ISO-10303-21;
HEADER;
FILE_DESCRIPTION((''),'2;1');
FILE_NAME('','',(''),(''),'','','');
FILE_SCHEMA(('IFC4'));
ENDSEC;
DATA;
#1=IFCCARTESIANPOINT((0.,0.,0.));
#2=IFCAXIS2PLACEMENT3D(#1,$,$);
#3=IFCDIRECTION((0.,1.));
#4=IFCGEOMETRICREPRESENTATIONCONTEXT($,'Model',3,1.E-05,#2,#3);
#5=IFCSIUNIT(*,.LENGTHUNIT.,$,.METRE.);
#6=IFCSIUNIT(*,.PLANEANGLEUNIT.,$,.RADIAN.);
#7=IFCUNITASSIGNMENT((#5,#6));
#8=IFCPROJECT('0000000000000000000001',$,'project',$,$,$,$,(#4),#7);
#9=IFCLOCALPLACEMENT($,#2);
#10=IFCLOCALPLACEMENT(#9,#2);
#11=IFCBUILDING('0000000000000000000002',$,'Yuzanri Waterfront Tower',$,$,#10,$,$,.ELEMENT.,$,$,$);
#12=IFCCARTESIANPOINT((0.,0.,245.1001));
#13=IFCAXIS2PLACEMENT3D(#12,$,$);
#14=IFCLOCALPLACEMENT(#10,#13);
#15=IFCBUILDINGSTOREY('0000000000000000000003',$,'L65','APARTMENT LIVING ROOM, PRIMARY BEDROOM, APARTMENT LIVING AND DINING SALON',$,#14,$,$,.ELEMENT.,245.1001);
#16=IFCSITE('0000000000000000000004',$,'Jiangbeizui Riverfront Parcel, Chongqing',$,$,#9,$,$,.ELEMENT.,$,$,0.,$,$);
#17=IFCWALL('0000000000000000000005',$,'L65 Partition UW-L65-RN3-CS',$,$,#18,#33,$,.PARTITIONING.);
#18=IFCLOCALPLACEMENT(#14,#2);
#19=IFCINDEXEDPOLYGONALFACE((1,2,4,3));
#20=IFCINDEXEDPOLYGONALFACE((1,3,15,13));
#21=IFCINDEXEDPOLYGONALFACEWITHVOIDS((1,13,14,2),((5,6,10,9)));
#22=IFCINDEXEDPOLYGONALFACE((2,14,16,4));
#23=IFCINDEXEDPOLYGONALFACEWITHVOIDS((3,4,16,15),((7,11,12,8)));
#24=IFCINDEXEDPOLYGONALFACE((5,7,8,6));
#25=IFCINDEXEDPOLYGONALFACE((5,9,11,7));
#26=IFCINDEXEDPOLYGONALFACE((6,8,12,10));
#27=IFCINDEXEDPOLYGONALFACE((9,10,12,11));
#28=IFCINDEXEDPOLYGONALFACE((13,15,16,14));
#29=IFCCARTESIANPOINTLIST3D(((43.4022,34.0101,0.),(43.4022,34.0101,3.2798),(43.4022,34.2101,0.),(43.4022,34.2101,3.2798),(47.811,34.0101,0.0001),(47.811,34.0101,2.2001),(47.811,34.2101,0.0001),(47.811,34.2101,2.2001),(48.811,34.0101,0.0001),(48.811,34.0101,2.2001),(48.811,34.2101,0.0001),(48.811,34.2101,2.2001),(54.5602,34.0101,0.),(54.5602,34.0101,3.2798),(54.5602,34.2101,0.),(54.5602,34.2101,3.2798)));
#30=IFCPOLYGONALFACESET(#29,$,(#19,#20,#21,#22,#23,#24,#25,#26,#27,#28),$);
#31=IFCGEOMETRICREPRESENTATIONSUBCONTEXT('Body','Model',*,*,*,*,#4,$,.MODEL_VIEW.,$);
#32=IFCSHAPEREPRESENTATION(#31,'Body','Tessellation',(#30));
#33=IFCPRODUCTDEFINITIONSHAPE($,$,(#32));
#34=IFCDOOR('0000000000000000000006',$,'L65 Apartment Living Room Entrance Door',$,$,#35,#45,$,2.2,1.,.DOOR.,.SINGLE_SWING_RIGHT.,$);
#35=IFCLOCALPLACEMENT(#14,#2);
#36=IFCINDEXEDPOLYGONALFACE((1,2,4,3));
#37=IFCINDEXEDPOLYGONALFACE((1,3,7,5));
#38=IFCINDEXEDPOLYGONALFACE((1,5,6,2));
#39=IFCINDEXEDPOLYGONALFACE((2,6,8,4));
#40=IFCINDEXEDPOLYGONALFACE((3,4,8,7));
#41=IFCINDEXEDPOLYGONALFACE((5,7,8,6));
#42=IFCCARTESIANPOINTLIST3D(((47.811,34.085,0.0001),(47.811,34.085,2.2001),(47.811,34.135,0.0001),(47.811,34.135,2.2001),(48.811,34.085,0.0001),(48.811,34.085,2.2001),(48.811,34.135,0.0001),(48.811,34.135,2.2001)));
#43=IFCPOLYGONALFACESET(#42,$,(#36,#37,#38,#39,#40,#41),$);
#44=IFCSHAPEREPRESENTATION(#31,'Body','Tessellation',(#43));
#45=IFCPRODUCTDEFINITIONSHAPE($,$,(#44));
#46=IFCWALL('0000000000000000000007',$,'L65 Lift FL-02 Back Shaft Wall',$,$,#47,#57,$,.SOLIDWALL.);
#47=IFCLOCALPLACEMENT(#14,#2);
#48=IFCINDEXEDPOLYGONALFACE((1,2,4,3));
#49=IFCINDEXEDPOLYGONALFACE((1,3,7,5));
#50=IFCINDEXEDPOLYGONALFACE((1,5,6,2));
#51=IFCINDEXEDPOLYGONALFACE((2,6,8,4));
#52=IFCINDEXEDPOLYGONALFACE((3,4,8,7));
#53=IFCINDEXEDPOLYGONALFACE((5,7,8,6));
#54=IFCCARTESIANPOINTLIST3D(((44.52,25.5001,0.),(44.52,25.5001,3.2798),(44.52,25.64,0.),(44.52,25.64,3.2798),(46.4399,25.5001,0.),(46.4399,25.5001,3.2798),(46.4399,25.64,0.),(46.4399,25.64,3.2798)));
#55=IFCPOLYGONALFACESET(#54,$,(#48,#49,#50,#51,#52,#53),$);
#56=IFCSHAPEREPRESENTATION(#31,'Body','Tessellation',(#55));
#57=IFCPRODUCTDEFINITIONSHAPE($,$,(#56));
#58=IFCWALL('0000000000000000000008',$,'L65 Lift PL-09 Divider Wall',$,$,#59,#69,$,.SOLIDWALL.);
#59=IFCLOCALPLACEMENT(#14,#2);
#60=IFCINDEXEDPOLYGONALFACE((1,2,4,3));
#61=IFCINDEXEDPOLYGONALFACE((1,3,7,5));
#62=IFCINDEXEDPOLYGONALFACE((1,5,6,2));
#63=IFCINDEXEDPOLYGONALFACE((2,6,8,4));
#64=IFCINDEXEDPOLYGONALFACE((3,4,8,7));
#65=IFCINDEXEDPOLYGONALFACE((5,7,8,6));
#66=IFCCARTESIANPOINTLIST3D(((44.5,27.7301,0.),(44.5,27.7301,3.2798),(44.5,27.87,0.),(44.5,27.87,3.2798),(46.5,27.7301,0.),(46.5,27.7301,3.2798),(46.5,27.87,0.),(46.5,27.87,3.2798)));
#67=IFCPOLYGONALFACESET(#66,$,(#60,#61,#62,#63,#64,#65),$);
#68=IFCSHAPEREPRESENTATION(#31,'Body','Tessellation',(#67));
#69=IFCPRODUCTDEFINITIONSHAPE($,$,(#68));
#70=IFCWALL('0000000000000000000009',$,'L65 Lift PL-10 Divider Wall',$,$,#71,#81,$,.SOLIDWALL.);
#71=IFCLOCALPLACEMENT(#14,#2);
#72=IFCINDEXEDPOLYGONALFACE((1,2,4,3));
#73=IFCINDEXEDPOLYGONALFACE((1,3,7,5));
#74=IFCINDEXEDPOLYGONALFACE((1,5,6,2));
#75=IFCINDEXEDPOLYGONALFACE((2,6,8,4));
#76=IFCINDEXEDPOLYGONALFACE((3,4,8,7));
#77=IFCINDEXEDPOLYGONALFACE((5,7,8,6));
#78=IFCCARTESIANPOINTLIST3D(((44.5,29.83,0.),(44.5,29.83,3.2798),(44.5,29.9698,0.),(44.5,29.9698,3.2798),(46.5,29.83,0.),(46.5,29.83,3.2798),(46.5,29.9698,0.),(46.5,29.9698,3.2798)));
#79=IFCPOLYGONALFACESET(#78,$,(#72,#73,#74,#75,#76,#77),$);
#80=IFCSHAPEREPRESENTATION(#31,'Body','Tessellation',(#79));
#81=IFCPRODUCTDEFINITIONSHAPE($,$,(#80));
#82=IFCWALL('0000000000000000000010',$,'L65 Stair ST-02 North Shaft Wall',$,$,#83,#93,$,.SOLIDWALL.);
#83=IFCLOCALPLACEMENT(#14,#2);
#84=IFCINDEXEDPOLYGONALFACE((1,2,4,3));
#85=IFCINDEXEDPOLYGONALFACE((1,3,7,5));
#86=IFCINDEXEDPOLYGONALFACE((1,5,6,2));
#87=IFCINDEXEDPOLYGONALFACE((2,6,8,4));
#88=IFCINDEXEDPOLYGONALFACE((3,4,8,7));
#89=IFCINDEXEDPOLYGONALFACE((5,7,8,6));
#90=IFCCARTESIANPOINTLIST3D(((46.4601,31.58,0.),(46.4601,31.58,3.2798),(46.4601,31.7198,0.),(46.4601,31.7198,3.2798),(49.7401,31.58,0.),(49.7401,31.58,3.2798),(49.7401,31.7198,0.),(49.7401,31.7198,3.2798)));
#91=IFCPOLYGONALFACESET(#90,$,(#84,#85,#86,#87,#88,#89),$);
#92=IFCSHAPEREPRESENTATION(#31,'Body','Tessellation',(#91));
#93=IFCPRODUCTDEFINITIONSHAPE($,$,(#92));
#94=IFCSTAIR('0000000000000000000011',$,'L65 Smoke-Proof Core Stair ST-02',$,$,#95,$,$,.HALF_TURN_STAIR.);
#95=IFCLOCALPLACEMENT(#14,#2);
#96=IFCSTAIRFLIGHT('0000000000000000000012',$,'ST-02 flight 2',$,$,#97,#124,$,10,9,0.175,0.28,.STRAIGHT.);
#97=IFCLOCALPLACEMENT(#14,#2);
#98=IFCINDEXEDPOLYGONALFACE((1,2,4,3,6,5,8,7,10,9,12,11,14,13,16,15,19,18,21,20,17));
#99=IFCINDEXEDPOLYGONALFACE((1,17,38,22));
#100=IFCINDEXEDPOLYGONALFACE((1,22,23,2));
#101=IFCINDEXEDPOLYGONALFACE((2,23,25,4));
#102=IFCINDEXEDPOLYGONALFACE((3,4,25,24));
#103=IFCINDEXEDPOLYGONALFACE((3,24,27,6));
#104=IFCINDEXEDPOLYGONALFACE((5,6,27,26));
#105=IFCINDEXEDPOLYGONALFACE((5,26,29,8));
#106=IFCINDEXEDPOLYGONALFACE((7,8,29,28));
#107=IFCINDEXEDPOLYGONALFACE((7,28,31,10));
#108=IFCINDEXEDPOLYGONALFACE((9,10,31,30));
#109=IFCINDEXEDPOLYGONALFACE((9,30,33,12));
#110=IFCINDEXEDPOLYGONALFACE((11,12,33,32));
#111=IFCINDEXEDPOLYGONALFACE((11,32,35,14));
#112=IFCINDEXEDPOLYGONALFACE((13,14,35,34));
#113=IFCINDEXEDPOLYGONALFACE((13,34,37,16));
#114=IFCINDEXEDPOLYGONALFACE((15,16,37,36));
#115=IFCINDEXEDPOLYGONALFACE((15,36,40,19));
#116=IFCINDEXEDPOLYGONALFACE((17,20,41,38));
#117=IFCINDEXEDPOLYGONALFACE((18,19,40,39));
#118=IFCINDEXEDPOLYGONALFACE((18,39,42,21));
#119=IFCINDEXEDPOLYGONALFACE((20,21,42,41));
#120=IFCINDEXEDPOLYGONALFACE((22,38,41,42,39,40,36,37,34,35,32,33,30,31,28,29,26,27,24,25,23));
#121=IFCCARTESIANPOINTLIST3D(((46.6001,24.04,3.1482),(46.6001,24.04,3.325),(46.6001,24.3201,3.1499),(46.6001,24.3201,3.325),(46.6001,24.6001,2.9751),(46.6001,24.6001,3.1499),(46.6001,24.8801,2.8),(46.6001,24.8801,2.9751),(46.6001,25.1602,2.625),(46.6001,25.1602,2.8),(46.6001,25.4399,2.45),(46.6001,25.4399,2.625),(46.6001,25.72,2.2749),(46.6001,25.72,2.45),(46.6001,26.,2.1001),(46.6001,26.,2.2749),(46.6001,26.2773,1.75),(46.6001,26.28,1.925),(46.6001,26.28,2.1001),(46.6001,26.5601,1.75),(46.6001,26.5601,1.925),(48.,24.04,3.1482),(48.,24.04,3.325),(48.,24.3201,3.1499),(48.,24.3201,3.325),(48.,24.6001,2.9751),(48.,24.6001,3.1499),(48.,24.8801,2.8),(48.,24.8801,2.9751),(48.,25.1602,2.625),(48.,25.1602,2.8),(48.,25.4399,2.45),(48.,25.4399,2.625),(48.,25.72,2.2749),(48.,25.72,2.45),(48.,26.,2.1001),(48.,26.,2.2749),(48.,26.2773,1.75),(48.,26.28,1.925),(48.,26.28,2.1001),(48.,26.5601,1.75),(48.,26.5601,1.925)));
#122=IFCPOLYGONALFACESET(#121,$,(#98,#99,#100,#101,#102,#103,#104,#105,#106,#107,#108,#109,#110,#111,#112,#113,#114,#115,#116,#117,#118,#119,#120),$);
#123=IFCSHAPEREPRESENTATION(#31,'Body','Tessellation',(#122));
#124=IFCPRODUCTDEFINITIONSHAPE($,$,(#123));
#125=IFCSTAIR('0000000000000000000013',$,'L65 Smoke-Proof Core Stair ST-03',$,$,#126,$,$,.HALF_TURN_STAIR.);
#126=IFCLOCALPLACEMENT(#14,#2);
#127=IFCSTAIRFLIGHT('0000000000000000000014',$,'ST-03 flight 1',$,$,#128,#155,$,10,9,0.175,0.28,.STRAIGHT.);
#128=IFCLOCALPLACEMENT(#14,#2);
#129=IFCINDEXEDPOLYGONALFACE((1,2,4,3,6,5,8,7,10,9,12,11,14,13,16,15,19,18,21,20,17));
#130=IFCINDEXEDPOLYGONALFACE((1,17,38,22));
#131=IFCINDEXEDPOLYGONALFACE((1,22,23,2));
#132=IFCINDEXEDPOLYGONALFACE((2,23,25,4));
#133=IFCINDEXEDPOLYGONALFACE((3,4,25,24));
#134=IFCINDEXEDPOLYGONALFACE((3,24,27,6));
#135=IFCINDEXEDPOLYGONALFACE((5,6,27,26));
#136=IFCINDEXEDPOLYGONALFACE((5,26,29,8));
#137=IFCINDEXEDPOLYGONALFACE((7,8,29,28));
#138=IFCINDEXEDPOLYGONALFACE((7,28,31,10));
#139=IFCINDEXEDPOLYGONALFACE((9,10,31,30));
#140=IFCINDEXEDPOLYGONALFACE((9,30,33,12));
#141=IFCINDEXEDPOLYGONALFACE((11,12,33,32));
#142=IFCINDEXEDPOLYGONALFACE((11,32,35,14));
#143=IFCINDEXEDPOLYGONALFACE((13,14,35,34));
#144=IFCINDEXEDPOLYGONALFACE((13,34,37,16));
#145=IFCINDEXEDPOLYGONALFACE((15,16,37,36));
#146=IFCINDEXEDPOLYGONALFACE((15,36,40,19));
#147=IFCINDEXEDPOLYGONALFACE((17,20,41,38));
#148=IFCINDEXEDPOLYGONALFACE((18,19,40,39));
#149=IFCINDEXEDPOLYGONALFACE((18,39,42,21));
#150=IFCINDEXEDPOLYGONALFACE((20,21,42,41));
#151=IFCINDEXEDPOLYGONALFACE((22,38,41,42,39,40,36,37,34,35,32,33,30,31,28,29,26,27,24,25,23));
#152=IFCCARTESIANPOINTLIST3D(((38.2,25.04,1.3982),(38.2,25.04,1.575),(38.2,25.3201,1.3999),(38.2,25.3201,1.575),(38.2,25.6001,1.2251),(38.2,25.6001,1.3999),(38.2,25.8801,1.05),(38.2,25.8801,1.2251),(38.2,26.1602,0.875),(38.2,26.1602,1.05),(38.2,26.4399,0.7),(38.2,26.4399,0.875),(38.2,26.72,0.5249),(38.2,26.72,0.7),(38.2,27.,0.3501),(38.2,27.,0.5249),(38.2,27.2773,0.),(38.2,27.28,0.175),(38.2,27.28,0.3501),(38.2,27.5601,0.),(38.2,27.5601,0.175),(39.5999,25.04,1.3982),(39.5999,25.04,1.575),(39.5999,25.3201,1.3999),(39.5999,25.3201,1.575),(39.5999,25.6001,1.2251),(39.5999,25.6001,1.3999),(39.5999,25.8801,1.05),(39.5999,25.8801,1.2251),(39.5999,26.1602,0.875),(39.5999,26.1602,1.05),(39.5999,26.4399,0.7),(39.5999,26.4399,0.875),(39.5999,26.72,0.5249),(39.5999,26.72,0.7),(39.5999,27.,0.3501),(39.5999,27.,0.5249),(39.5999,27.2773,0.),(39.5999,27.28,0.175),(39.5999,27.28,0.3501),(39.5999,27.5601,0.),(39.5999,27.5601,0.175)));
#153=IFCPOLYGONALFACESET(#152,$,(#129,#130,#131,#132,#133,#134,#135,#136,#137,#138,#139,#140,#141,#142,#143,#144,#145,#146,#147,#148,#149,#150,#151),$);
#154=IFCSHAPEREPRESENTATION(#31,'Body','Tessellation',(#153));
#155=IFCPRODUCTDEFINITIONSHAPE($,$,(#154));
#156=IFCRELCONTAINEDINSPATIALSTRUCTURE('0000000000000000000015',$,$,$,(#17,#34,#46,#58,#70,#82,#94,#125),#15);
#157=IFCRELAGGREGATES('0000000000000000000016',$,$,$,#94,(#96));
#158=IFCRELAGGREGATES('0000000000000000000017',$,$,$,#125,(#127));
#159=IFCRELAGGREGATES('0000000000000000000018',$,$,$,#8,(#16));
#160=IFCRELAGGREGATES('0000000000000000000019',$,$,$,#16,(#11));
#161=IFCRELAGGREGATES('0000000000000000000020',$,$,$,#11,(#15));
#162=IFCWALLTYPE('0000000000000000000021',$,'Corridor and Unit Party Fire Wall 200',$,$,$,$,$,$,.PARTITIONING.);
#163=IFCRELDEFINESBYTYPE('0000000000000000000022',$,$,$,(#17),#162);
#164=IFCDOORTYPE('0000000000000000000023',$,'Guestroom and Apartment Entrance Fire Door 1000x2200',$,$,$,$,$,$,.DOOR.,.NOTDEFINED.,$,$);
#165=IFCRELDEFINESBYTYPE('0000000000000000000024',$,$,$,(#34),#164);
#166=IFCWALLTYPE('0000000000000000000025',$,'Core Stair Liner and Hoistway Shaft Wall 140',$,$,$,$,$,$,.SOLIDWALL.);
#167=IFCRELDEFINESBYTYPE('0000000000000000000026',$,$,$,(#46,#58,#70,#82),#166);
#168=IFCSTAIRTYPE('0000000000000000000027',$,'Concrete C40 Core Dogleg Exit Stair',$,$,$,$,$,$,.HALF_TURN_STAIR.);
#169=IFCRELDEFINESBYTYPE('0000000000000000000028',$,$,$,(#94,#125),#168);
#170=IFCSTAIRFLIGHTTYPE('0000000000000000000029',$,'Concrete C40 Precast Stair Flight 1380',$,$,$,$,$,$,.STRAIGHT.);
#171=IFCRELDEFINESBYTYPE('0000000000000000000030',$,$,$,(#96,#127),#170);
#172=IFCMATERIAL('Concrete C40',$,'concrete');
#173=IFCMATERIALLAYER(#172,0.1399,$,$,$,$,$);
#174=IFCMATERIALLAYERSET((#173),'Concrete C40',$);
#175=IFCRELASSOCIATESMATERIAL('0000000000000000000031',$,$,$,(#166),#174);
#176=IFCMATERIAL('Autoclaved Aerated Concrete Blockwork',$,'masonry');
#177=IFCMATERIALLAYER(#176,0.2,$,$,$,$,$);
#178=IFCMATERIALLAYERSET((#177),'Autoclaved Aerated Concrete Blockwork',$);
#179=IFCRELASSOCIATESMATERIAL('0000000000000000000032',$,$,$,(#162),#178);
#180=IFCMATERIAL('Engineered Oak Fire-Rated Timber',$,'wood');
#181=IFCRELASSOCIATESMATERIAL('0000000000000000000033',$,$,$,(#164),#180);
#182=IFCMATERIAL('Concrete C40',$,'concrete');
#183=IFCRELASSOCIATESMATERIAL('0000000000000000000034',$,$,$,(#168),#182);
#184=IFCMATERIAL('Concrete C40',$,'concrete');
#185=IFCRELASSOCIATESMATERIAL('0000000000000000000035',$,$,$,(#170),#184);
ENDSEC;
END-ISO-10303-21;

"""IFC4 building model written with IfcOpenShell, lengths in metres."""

from ifc_helpers import new_model, si_unit, direction, frame, frame_2d, origin, place, context, subcontext, project, spatial, polyline, rectangle, outline, extrude, source, transform, mapped, material, layer, layer_set, type_object, element, fill, aggregate, save


model = new_model("IFC4")

# Units and contexts
model_context = context("Model", 3, precision=1e-05, world=origin(), true_north=direction((0.0, 1.0)))
body_context = subcontext(model_context, "Body", "Model", "MODEL_VIEW")
ifc_project = project(units=[si_unit("LENGTHUNIT", "METRE"), si_unit("PLANEANGLEUNIT", "RADIAN")], contexts=[model_context])

# Site, building, storey
site_placement = place(None, origin())
site = spatial("IfcSite", under=ifc_project, at=site_placement, Name="Jiangbeizui Riverfront Parcel, Chongqing", CompositionType="ELEMENT", RefElevation=0.0)
building_placement = place(site_placement, origin())
building = spatial("IfcBuilding", under=site, at=building_placement, Name="Yuzanri Waterfront Tower", CompositionType="ELEMENT")
storey_placement = place(building_placement, frame((0.0, 0.0, 245.1001)))
storey = spatial("IfcBuildingStorey", under=building, at=storey_placement, Name="L65", Description="APARTMENT LIVING ROOM, PRIMARY BEDROOM, APARTMENT LIVING AND DINING SALON", CompositionType="ELEMENT", Elevation=245.1001)

# Wall, opening, door
ifc_material_1 = material(Name="Concrete C40", Category="concrete")
ifc_layer_1 = layer(ifc_material_1, 0.1399)
ifc_layer_set_1 = layer_set([ifc_layer_1], Name="Concrete C40")
wall_type_1 = type_object("IfcWallType", Name="Core Stair Liner and Hoistway Shaft Wall 140", PredefinedType="SOLIDWALL", material=ifc_layer_set_1)
ifc_material_2 = material(Name="Autoclaved Aerated Concrete Blockwork", Category="masonry")
ifc_layer_2 = layer(ifc_material_2, 0.2)
ifc_layer_set_2 = layer_set([ifc_layer_2], Name="Autoclaved Aerated Concrete Blockwork")
wall_type_2 = type_object("IfcWallType", Name="Corridor and Unit Party Fire Wall 200", PredefinedType="PARTITIONING", material=ifc_layer_set_2)
wall_1_placement = place(storey_placement, frame((43.4021, 34.1101, 0.0), z_axis=(0.0, 0.0, 1.0), x_axis=(1.0, 0.0, 0.0)))
wall_1 = element("IfcWall", 1, at=wall_1_placement, inside=storey, type_object=wall_type_2, Name="L65 Partition UW-L65-RN3-CS", PredefinedType="PARTITIONING", context=body_context, shape_type="SweptSolid", body=[
    extrude(rectangle(XDim=11.158, YDim=0.2, at=frame_2d((5.5791, 0.0))), origin(), (0.0, 0.0, 1.0), 3.2798),
])
opening_1_placement = place(wall_1_placement, frame((4.4089, 0.0, 0.0)))
opening_1 = element("IfcOpeningElement", 2, at=opening_1_placement, cuts=wall_1, PredefinedType="OPENING", context=body_context, shape_type="SweptSolid", body=[
    extrude(rectangle(XDim=1.0, YDim=2.2, at=frame_2d((0.5, 1.1001))), frame((0.0, 0.1147, 0.0), z_axis=(0.0, -1.0, 0.0), x_axis=(1.0, 0.0, 0.0)), (0.0, 0.0, 1.0), 0.2297),
])
ifc_material_3 = material(Name="Engineered Oak Fire-Rated Timber", Category="wood")
door_type_1 = type_object("IfcDoorType", Name="Guestroom and Apartment Entrance Fire Door 1000x2200", OperationType="NOTDEFINED", PredefinedType="DOOR", material=ifc_material_3)
shared_shape_1 = source(origin(), body_context, "Body", "SweptSolid", [
    extrude(rectangle(XDim=1.0, YDim=2.2, at=frame_2d((0.5, 1.1001))), frame((0.0, 0.0249, 0.0), z_axis=(0.0, -1.0, 0.0), x_axis=(1.0, 0.0, 0.0)), (0.0, 0.0, 1.0), 0.05),
])
door_1_placement = place(opening_1_placement, origin())
door_1 = element("IfcDoor", 3, at=door_1_placement, inside=storey, type_object=door_type_1, Name="L65 Apartment Living Room Entrance Door", OperationType="SINGLE_SWING_RIGHT", OverallHeight=2.2, OverallWidth=1.0, PredefinedType="DOOR", context=body_context, shape_type="MappedRepresentation", body=[
    mapped(shared_shape_1, transform((0.0, 0.0, 0.0), scale=1.0)),
])
fill(opening_1, door_1)

# Walls
shared_shape_2 = source(origin(), body_context, "Body", "SweptSolid", [
    extrude(rectangle(XDim=1.9199, YDim=0.1399, at=frame_2d((0.96, 0.0))), origin(), (0.0, 0.0, 1.0), 3.2798),
])
wall_2_placement = place(storey_placement, frame((44.52, 25.5701, 0.0), z_axis=(0.0, 0.0, 1.0), x_axis=(1.0, 0.0, 0.0)))
element("IfcWall", 4, at=wall_2_placement, inside=storey, type_object=wall_type_1, Name="L65 Lift FL-02 Back Shaft Wall", PredefinedType="SOLIDWALL", context=body_context, shape_type="MappedRepresentation", body=[
    mapped(shared_shape_2, transform((0.0, 0.0, 0.0), scale=1.0)),
])
shared_shape_3 = source(origin(), body_context, "Body", "SweptSolid", [
    extrude(rectangle(XDim=2.0, YDim=0.1399, at=frame_2d((1.0, 0.0))), origin(), (0.0, 0.0, 1.0), 3.2798),
])
for number, where, z_axis, x_axis, name in (
    (5, (44.5, 27.8, 0.0), (0.0, 0.0, 1.0), (1.0, 0.0, 0.0), "L65 Lift PL-09 Divider Wall"),
    (6, (44.5, 29.8999, 0.0), (0.0, 0.0, 1.0), (1.0, 0.0, 0.0), "L65 Lift PL-10 Divider Wall"),
):
    element("IfcWall", number, at=place(storey_placement, frame(where, z_axis=z_axis, x_axis=x_axis)), inside=storey, type_object=wall_type_1, Name=name, PredefinedType="SOLIDWALL", context=body_context, shape_type="MappedRepresentation", body=[
        mapped(shared_shape_3, transform((0.0, 0.0, 0.0), scale=1.0)),
    ])
shared_shape_4 = source(origin(), body_context, "Body", "SweptSolid", [
    extrude(rectangle(XDim=3.28, YDim=0.1399, at=frame_2d((1.6401, 0.0))), origin(), (0.0, 0.0, 1.0), 3.2798),
])
wall_3_placement = place(storey_placement, frame((46.46, 31.6499, 0.0), z_axis=(0.0, 0.0, 1.0), x_axis=(1.0, 0.0, 0.0)))
element("IfcWall", 7, at=wall_3_placement, inside=storey, type_object=wall_type_1, Name="L65 Stair ST-02 North Shaft Wall", PredefinedType="SOLIDWALL", context=body_context, shape_type="MappedRepresentation", body=[
    mapped(shared_shape_4, transform((0.0, 0.0, 0.0), scale=1.0)),
])

# Stairs, stair flights
ifc_material_4 = material(Name="Concrete C40", Category="concrete")
stair_type = type_object("IfcStairType", Name="Concrete C40 Core Dogleg Exit Stair", PredefinedType="HALF_TURN_STAIR", material=ifc_material_4)
stair_1_placement = place(storey_placement, origin())
stair_1 = element("IfcStair", 8, at=stair_1_placement, inside=storey, type_object=stair_type, Name="L65 Smoke-Proof Core Stair ST-02", PredefinedType="HALF_TURN_STAIR")
ifc_material_5 = material(Name="Concrete C40", Category="concrete")
stair_flight_type = type_object("IfcStairFlightType", Name="Concrete C40 Precast Stair Flight 1380", PredefinedType="STRAIGHT", material=ifc_material_5)
shared_shape_5 = source(origin(), body_context, "Body", "SweptSolid", [
    extrude(outline(polyline([(0.0, 0.0), (0.0, 0.175), (0.28, 0.175), (0.28, 0.3501), (0.5601, 0.3501), (0.5601, 0.5249), (0.8401, 0.5249), (0.8401, 0.7), (1.1201, 0.7), (1.1201, 0.875), (1.3999, 0.875), (1.3999, 1.05), (1.6799, 1.05), (1.6799, 1.2251), (1.96, 1.2251), (1.96, 1.3999), (2.24, 1.3999), (2.24, 1.575), (2.52, 1.575), (2.52, 1.75), (2.52, 1.3982), (0.2827, 0.0), (0.0, 0.0)])), frame((0.0, 0.7, 0.0), z_axis=(0.0, -1.0, 0.0), x_axis=(1.0, 0.0, 0.0)), (0.0, 0.0, 1.0), 1.3999),
])
stair_flight_1_placement = place(storey_placement, frame((47.3, 26.5601, 1.75), z_axis=(0.0, 0.0, 1.0), x_axis=(0.0, -1.0, 0.0)))
stair_flight_1 = element("IfcStairFlight", 9, at=stair_flight_1_placement, type_object=stair_flight_type, Name="ST-02 flight 2", NumberOfRisers=10, NumberOfTreads=9, PredefinedType="STRAIGHT", RiserHeight=0.175, TreadLength=0.28, context=body_context, shape_type="MappedRepresentation", body=[
    mapped(shared_shape_5, transform((0.0, 0.0, 0.0), scale=1.0)),
])
aggregate(stair_1, [stair_flight_1])
stair_2_placement = place(storey_placement, origin())
stair_2 = element("IfcStair", 10, at=stair_2_placement, inside=storey, type_object=stair_type, Name="L65 Smoke-Proof Core Stair ST-03", PredefinedType="HALF_TURN_STAIR")
stair_flight_2_placement = place(storey_placement, frame((38.8999, 27.5601, 0.0), z_axis=(0.0, 0.0, 1.0), x_axis=(0.0, -1.0, 0.0)))
stair_flight_2 = element("IfcStairFlight", 11, at=stair_flight_2_placement, type_object=stair_flight_type, Name="ST-03 flight 1", NumberOfRisers=10, NumberOfTreads=9, PredefinedType="STRAIGHT", RiserHeight=0.175, TreadLength=0.28, context=body_context, shape_type="MappedRepresentation", body=[
    mapped(shared_shape_5, transform((0.0, 0.0, 0.0), scale=1.0)),
])
aggregate(stair_2, [stair_flight_2])

save(model, "model.ifc")
